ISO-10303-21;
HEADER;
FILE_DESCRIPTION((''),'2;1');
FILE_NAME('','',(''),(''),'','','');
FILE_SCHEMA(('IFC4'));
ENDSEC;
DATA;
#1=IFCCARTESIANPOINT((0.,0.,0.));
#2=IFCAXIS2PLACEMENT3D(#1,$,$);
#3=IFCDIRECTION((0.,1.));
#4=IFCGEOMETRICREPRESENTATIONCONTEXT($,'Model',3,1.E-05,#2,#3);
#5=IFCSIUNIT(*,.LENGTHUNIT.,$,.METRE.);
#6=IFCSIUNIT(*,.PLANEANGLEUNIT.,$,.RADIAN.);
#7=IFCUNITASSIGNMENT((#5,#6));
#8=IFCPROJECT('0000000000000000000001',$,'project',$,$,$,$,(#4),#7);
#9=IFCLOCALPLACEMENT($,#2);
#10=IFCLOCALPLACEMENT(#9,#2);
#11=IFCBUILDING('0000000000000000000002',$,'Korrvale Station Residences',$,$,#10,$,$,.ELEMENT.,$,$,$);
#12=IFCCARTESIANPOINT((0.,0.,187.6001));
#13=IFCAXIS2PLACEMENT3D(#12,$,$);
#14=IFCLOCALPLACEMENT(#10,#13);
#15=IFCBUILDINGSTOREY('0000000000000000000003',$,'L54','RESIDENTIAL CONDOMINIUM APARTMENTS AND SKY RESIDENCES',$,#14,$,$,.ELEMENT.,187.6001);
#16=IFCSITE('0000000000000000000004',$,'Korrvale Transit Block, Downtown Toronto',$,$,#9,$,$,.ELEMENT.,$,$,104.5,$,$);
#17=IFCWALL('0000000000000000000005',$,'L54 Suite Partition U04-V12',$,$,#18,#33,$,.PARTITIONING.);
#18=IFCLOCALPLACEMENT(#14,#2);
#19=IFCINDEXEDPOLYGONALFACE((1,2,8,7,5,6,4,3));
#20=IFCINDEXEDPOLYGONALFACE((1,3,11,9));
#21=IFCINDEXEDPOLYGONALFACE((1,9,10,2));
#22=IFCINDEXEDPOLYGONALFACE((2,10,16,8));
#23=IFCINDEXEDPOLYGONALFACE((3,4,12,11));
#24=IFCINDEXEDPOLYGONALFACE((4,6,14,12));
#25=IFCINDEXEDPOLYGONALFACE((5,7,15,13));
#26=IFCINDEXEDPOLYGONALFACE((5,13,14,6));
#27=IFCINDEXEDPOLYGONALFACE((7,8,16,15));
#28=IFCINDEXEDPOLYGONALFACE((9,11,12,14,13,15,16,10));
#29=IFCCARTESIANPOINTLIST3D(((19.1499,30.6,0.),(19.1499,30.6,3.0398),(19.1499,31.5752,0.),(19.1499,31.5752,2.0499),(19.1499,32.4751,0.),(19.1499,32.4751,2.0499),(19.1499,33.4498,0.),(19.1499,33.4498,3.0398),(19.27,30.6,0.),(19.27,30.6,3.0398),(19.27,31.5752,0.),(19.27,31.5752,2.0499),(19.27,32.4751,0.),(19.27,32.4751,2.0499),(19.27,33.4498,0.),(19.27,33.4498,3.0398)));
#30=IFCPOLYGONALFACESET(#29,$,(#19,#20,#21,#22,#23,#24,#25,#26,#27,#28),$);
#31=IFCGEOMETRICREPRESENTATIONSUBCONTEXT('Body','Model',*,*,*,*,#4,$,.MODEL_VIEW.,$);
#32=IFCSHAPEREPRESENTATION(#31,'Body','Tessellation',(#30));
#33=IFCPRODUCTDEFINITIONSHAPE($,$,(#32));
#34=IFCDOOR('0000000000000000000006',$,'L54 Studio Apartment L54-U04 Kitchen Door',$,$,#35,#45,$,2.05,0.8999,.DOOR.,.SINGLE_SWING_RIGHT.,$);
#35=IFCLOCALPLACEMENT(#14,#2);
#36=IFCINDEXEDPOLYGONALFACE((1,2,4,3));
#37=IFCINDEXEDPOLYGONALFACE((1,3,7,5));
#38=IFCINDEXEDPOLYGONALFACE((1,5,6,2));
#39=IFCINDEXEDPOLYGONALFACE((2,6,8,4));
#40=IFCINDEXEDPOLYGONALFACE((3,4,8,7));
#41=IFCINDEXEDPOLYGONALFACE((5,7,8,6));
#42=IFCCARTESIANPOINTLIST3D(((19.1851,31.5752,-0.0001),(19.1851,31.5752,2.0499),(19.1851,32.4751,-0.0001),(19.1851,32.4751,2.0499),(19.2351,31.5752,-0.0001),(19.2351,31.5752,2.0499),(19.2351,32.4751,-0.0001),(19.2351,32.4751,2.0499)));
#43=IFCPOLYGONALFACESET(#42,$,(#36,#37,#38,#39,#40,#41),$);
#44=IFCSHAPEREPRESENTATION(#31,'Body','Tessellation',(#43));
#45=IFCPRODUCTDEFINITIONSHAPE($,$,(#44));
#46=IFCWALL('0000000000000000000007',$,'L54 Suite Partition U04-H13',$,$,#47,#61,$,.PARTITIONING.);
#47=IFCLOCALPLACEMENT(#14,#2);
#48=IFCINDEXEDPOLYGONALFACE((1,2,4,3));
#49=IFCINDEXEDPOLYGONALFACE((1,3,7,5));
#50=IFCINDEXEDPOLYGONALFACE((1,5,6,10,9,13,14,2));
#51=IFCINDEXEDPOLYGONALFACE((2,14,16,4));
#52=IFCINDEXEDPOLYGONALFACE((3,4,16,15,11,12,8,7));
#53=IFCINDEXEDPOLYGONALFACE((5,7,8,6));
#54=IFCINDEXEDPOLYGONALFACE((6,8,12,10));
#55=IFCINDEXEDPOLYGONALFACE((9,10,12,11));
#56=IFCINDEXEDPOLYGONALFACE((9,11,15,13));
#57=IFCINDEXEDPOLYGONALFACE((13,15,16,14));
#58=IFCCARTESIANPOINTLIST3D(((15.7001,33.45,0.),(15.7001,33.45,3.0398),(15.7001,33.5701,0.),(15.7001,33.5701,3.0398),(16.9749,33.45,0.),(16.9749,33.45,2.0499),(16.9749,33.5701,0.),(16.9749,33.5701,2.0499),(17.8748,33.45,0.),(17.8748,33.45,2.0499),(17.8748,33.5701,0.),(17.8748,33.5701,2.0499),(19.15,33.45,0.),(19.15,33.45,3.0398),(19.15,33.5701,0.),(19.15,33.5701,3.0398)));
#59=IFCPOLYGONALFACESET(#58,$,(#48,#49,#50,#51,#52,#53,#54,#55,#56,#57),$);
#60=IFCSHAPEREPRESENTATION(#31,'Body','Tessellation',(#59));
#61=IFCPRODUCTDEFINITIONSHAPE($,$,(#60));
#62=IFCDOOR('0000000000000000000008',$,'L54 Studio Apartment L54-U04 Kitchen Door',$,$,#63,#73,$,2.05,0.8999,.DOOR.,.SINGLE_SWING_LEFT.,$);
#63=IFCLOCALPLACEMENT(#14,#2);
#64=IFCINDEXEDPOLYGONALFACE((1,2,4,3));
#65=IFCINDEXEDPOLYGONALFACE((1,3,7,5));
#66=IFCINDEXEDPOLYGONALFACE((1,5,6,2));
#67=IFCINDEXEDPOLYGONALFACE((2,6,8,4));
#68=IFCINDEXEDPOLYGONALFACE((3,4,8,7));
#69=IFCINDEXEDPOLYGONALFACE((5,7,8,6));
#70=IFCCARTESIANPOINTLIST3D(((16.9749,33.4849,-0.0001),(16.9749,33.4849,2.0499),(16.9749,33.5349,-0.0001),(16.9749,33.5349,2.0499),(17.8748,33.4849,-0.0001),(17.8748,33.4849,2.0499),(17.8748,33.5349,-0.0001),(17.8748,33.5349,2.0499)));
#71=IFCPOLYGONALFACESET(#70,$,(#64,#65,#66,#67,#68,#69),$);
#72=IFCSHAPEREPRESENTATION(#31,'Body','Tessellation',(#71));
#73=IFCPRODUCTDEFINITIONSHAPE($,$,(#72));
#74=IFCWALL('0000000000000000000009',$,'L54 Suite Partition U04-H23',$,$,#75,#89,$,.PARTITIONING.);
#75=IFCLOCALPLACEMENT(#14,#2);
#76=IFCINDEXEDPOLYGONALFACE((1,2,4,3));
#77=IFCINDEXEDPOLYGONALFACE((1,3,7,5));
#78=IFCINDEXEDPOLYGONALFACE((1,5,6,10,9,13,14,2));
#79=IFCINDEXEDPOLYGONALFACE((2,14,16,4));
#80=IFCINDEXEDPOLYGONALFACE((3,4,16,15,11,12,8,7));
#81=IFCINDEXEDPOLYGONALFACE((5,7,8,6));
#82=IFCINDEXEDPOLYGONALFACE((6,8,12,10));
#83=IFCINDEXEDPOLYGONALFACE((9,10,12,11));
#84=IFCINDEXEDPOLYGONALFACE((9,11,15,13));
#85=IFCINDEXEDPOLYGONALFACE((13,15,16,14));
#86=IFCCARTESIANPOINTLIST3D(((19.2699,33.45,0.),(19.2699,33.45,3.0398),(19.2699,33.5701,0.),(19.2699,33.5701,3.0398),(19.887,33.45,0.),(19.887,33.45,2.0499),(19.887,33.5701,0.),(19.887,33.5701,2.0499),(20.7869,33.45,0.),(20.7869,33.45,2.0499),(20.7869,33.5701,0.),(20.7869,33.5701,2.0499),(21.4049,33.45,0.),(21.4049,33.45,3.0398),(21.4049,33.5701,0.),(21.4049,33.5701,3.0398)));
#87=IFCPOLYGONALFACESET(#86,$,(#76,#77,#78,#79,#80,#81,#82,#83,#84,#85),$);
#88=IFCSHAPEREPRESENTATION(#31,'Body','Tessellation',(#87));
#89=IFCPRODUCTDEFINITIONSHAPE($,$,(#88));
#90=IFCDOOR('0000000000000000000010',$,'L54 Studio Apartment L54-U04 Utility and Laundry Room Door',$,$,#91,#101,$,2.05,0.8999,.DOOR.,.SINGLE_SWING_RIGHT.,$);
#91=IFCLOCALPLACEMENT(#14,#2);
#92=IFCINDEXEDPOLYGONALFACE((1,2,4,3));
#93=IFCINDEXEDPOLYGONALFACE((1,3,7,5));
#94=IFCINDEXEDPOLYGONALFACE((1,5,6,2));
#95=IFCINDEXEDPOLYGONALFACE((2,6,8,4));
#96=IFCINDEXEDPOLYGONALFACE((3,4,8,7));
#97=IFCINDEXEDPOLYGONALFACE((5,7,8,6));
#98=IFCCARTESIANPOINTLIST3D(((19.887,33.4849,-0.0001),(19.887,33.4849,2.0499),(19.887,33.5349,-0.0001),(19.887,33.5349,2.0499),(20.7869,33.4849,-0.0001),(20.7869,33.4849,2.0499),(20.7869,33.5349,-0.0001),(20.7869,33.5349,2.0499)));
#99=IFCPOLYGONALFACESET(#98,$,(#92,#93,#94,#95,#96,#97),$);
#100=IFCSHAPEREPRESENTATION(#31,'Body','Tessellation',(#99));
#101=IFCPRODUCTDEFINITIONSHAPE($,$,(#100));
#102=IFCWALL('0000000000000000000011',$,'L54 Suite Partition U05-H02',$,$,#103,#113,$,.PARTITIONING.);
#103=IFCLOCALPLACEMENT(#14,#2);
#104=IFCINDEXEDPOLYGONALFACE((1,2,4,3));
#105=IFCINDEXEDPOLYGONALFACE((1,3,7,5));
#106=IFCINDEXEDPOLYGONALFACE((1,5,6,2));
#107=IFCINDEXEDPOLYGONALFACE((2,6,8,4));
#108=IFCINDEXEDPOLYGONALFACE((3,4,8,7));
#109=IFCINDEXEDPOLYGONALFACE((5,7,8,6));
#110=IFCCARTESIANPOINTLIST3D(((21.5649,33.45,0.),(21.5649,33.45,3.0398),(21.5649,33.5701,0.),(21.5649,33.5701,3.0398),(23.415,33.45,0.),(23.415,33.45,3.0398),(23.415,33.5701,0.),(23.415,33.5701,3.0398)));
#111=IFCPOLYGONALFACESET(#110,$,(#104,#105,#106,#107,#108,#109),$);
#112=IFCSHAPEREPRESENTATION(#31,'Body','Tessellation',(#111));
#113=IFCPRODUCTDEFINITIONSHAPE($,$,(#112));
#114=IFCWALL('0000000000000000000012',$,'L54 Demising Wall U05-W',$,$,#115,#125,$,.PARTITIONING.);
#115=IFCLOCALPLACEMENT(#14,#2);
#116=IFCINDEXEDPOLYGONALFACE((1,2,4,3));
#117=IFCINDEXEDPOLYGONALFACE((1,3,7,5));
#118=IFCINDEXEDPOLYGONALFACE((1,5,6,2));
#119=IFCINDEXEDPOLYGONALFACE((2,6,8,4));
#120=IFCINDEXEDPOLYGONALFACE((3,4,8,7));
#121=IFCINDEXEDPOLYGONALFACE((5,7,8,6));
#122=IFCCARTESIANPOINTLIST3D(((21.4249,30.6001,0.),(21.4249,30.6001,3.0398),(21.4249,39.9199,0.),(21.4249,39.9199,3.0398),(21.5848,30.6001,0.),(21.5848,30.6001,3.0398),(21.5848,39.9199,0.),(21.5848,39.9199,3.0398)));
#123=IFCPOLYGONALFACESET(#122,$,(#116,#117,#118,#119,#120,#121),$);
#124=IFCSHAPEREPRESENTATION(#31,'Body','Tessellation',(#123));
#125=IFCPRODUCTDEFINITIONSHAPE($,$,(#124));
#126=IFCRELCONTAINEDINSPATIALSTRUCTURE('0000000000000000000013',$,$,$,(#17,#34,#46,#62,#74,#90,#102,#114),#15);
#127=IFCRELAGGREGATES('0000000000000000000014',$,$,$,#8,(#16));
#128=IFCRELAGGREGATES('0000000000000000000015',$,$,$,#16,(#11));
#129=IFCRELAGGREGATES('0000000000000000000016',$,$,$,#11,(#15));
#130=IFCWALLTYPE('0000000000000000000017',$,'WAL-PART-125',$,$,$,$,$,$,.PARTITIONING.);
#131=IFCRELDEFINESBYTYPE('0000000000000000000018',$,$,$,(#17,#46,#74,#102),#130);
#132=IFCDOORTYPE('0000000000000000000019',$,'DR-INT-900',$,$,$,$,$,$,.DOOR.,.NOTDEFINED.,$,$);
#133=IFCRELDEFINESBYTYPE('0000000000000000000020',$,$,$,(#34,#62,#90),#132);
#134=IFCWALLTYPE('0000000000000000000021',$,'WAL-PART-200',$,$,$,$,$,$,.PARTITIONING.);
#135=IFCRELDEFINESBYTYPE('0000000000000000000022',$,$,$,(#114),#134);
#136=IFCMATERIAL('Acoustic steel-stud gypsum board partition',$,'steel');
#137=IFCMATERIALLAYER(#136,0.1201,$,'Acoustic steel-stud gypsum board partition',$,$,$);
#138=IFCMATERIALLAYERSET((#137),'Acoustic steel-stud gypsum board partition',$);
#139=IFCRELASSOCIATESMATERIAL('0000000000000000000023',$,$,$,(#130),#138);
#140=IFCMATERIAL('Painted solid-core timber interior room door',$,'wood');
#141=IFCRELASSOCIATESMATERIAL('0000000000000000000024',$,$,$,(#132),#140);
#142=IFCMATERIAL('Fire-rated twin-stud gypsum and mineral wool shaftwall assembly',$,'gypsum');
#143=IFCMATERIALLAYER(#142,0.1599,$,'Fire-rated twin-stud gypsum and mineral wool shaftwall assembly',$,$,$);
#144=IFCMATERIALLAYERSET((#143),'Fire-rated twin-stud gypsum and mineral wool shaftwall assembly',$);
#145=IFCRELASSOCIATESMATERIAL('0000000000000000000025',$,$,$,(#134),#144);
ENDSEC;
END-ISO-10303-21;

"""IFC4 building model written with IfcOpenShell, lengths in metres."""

from ifc_helpers import new_model, si_unit, direction, frame, frame_2d, origin, place, context, subcontext, project, spatial, rectangle, extrude, material, layer, layer_set, type_object, element, fill, save


model = new_model("IFC4")

# Units and contexts
model_context = context("Model", 3, precision=1e-05, world=origin(), true_north=direction((0.0, 1.0)))
body_context = subcontext(model_context, "Body", "Model", "MODEL_VIEW")
ifc_project = project(units=[si_unit("LENGTHUNIT", "METRE"), si_unit("PLANEANGLEUNIT", "RADIAN")], contexts=[model_context])

# Site, building, storey
site_placement = place(None, origin())
site = spatial("IfcSite", under=ifc_project, at=site_placement, Name="Korrvale Transit Block, Downtown Toronto", CompositionType="ELEMENT", RefElevation=104.5)
building_placement = place(site_placement, origin())
building = spatial("IfcBuilding", under=site, at=building_placement, Name="Korrvale Station Residences", CompositionType="ELEMENT")
storey_placement = place(building_placement, frame((0.0, 0.0, 187.6001)))
storey = spatial("IfcBuildingStorey", under=building, at=storey_placement, Name="L54", Description="RESIDENTIAL CONDOMINIUM APARTMENTS AND SKY RESIDENCES", CompositionType="ELEMENT", Elevation=187.6001)

# Walls, openings, doors
ifc_material_1 = material(Name="Acoustic steel-stud gypsum board partition", Category="steel")
ifc_layer_1 = layer(ifc_material_1, 0.1201, Name="Acoustic steel-stud gypsum board partition")
ifc_layer_set_1 = layer_set([ifc_layer_1], Name="Acoustic steel-stud gypsum board partition")
wall_type_1 = type_object("IfcWallType", Name="WAL-PART-125", PredefinedType="PARTITIONING", material=ifc_layer_set_1)
wall_1_placement = place(storey_placement, frame((19.21, 30.6001, 0.0), z_axis=(0.0, 0.0, 1.0), x_axis=(0.0, 1.0, 0.0)))
wall_1 = element("IfcWall", 1, at=wall_1_placement, inside=storey, type_object=wall_type_1, Name="L54 Suite Partition U04-V12", PredefinedType="PARTITIONING", context=body_context, shape_type="SweptSolid", body=[
    extrude(rectangle(XDim=2.8499, YDim=0.1201, at=frame_2d((1.4248, 0.0))), origin(), (0.0, 0.0, 1.0), 3.0398),
])
opening_1_placement = place(wall_1_placement, frame((0.9751, 0.0, 0.0)))
opening_1 = element("IfcOpeningElement", 2, at=opening_1_placement, cuts=wall_1, PredefinedType="OPENING", context=body_context, shape_type="SweptSolid", body=[
    extrude(rectangle(XDim=0.8999, YDim=2.05, at=frame_2d((0.45, 1.0249))), frame((0.0, 0.0701, 0.0), z_axis=(0.0, -1.0, 0.0), x_axis=(1.0, 0.0, 0.0)), (0.0, 0.0, 1.0), 0.1401),
])
ifc_material_2 = material(Name="Painted solid-core timber interior room door", Category="wood")
door_type_1 = type_object("IfcDoorType", Name="DR-INT-900", OperationType="NOTDEFINED", PredefinedType="DOOR", material=ifc_material_2)
door_1_placement = place(opening_1_placement, origin())
door_1 = element("IfcDoor", 3, at=door_1_placement, inside=storey, type_object=door_type_1, Name="L54 Studio Apartment L54-U04 Kitchen Door", OperationType="SINGLE_SWING_RIGHT", OverallHeight=2.05, OverallWidth=0.8999, PredefinedType="DOOR", context=body_context, shape_type="SweptSolid", body=[
    extrude(rectangle(XDim=0.8999, YDim=2.05, at=frame_2d((0.45, 1.0249))), frame((0.0, 0.0249, 0.0), z_axis=(0.0, -1.0, 0.0), x_axis=(1.0, 0.0, 0.0)), (0.0, 0.0, 1.0), 0.05),
])
fill(opening_1, door_1)
wall_2_placement = place(storey_placement, frame((15.7, 33.51, 0.0), z_axis=(0.0, 0.0, 1.0), x_axis=(1.0, 0.0, 0.0)))
wall_2 = element("IfcWall", 4, at=wall_2_placement, inside=storey, type_object=wall_type_1, Name="L54 Suite Partition U04-H13", PredefinedType="PARTITIONING", context=body_context, shape_type="SweptSolid", body=[
    extrude(rectangle(XDim=3.45, YDim=0.1201, at=frame_2d((1.7251, 0.0))), origin(), (0.0, 0.0, 1.0), 3.0398),
])
opening_2_placement = place(wall_2_placement, frame((1.2749, 0.0, 0.0)))
opening_2 = element("IfcOpeningElement", 5, at=opening_2_placement, cuts=wall_2, PredefinedType="OPENING", context=body_context, shape_type="SweptSolid", body=[
    extrude(rectangle(XDim=0.8999, YDim=2.05, at=frame_2d((0.45, 1.0249))), frame((0.0, 0.0701, 0.0), z_axis=(0.0, -1.0, 0.0), x_axis=(1.0, 0.0, 0.0)), (0.0, 0.0, 1.0), 0.1401),
])
door_2_placement = place(opening_2_placement, origin())
door_2 = element("IfcDoor", 6, at=door_2_placement, inside=storey, type_object=door_type_1, Name="L54 Studio Apartment L54-U04 Kitchen Door", OperationType="SINGLE_SWING_LEFT", OverallHeight=2.05, OverallWidth=0.8999, PredefinedType="DOOR", context=body_context, shape_type="SweptSolid", body=[
    extrude(rectangle(XDim=0.8999, YDim=2.05, at=frame_2d((0.45, 1.0249))), frame((0.0, 0.0249, 0.0), z_axis=(0.0, -1.0, 0.0), x_axis=(1.0, 0.0, 0.0)), (0.0, 0.0, 1.0), 0.05),
])
fill(opening_2, door_2)
wall_3_placement = place(storey_placement, frame((19.27, 33.51, 0.0), z_axis=(0.0, 0.0, 1.0), x_axis=(1.0, 0.0, 0.0)))
wall_3 = element("IfcWall", 7, at=wall_3_placement, inside=storey, type_object=wall_type_1, Name="L54 Suite Partition U04-H23", PredefinedType="PARTITIONING", context=body_context, shape_type="SweptSolid", body=[
    extrude(rectangle(XDim=2.135, YDim=0.1201, at=frame_2d((1.0674, 0.0))), origin(), (0.0, 0.0, 1.0), 3.0398),
])
opening_3_placement = place(wall_3_placement, frame((0.6169, 0.0, 0.0)))
opening_3 = element("IfcOpeningElement", 8, at=opening_3_placement, cuts=wall_3, PredefinedType="OPENING", context=body_context, shape_type="SweptSolid", body=[
    extrude(rectangle(XDim=0.8999, YDim=2.05, at=frame_2d((0.45, 1.0249))), frame((0.0, 0.0701, 0.0), z_axis=(0.0, -1.0, 0.0), x_axis=(1.0, 0.0, 0.0)), (0.0, 0.0, 1.0), 0.1401),
])
door_3_placement = place(opening_3_placement, origin())
door_3 = element("IfcDoor", 9, at=door_3_placement, inside=storey, type_object=door_type_1, Name="L54 Studio Apartment L54-U04 Utility and Laundry Room Door", OperationType="SINGLE_SWING_RIGHT", OverallHeight=2.05, OverallWidth=0.8999, PredefinedType="DOOR", context=body_context, shape_type="SweptSolid", body=[
    extrude(rectangle(XDim=0.8999, YDim=2.05, at=frame_2d((0.45, 1.0249))), frame((0.0, 0.0249, 0.0), z_axis=(0.0, -1.0, 0.0), x_axis=(1.0, 0.0, 0.0)), (0.0, 0.0, 1.0), 0.05),
])
fill(opening_3, door_3)

# Walls
wall_4_placement = place(storey_placement, frame((21.5649, 33.51, 0.0), z_axis=(0.0, 0.0, 1.0), x_axis=(1.0, 0.0, 0.0)))
element("IfcWall", 10, at=wall_4_placement, inside=storey, type_object=wall_type_1, Name="L54 Suite Partition U05-H02", PredefinedType="PARTITIONING", context=body_context, shape_type="SweptSolid", body=[
    extrude(rectangle(XDim=1.8501, YDim=0.1201, at=frame_2d((0.925, 0.0))), origin(), (0.0, 0.0, 1.0), 3.0398),
])
ifc_material_3 = material(Name="Fire-rated twin-stud gypsum and mineral wool shaftwall assembly", Category="gypsum")
ifc_layer_2 = layer(ifc_material_3, 0.1599, Name="Fire-rated twin-stud gypsum and mineral wool shaftwall assembly")
ifc_layer_set_2 = layer_set([ifc_layer_2], Name="Fire-rated twin-stud gypsum and mineral wool shaftwall assembly")
wall_type_2 = type_object("IfcWallType", Name="WAL-PART-200", PredefinedType="PARTITIONING", material=ifc_layer_set_2)
wall_5_placement = place(storey_placement, frame((21.5049, 30.6001, 0.0), z_axis=(0.0, 0.0, 1.0), x_axis=(0.0, 1.0, 0.0)))
element("IfcWall", 11, at=wall_5_placement, inside=storey, type_object=wall_type_2, Name="L54 Demising Wall U05-W", PredefinedType="PARTITIONING", context=body_context, shape_type="SweptSolid", body=[
    extrude(rectangle(XDim=9.3198, YDim=0.1599, at=frame_2d((4.6599, 0.0))), origin(), (0.0, 0.0, 1.0), 3.0398),
])

save(model, "model.ifc")
